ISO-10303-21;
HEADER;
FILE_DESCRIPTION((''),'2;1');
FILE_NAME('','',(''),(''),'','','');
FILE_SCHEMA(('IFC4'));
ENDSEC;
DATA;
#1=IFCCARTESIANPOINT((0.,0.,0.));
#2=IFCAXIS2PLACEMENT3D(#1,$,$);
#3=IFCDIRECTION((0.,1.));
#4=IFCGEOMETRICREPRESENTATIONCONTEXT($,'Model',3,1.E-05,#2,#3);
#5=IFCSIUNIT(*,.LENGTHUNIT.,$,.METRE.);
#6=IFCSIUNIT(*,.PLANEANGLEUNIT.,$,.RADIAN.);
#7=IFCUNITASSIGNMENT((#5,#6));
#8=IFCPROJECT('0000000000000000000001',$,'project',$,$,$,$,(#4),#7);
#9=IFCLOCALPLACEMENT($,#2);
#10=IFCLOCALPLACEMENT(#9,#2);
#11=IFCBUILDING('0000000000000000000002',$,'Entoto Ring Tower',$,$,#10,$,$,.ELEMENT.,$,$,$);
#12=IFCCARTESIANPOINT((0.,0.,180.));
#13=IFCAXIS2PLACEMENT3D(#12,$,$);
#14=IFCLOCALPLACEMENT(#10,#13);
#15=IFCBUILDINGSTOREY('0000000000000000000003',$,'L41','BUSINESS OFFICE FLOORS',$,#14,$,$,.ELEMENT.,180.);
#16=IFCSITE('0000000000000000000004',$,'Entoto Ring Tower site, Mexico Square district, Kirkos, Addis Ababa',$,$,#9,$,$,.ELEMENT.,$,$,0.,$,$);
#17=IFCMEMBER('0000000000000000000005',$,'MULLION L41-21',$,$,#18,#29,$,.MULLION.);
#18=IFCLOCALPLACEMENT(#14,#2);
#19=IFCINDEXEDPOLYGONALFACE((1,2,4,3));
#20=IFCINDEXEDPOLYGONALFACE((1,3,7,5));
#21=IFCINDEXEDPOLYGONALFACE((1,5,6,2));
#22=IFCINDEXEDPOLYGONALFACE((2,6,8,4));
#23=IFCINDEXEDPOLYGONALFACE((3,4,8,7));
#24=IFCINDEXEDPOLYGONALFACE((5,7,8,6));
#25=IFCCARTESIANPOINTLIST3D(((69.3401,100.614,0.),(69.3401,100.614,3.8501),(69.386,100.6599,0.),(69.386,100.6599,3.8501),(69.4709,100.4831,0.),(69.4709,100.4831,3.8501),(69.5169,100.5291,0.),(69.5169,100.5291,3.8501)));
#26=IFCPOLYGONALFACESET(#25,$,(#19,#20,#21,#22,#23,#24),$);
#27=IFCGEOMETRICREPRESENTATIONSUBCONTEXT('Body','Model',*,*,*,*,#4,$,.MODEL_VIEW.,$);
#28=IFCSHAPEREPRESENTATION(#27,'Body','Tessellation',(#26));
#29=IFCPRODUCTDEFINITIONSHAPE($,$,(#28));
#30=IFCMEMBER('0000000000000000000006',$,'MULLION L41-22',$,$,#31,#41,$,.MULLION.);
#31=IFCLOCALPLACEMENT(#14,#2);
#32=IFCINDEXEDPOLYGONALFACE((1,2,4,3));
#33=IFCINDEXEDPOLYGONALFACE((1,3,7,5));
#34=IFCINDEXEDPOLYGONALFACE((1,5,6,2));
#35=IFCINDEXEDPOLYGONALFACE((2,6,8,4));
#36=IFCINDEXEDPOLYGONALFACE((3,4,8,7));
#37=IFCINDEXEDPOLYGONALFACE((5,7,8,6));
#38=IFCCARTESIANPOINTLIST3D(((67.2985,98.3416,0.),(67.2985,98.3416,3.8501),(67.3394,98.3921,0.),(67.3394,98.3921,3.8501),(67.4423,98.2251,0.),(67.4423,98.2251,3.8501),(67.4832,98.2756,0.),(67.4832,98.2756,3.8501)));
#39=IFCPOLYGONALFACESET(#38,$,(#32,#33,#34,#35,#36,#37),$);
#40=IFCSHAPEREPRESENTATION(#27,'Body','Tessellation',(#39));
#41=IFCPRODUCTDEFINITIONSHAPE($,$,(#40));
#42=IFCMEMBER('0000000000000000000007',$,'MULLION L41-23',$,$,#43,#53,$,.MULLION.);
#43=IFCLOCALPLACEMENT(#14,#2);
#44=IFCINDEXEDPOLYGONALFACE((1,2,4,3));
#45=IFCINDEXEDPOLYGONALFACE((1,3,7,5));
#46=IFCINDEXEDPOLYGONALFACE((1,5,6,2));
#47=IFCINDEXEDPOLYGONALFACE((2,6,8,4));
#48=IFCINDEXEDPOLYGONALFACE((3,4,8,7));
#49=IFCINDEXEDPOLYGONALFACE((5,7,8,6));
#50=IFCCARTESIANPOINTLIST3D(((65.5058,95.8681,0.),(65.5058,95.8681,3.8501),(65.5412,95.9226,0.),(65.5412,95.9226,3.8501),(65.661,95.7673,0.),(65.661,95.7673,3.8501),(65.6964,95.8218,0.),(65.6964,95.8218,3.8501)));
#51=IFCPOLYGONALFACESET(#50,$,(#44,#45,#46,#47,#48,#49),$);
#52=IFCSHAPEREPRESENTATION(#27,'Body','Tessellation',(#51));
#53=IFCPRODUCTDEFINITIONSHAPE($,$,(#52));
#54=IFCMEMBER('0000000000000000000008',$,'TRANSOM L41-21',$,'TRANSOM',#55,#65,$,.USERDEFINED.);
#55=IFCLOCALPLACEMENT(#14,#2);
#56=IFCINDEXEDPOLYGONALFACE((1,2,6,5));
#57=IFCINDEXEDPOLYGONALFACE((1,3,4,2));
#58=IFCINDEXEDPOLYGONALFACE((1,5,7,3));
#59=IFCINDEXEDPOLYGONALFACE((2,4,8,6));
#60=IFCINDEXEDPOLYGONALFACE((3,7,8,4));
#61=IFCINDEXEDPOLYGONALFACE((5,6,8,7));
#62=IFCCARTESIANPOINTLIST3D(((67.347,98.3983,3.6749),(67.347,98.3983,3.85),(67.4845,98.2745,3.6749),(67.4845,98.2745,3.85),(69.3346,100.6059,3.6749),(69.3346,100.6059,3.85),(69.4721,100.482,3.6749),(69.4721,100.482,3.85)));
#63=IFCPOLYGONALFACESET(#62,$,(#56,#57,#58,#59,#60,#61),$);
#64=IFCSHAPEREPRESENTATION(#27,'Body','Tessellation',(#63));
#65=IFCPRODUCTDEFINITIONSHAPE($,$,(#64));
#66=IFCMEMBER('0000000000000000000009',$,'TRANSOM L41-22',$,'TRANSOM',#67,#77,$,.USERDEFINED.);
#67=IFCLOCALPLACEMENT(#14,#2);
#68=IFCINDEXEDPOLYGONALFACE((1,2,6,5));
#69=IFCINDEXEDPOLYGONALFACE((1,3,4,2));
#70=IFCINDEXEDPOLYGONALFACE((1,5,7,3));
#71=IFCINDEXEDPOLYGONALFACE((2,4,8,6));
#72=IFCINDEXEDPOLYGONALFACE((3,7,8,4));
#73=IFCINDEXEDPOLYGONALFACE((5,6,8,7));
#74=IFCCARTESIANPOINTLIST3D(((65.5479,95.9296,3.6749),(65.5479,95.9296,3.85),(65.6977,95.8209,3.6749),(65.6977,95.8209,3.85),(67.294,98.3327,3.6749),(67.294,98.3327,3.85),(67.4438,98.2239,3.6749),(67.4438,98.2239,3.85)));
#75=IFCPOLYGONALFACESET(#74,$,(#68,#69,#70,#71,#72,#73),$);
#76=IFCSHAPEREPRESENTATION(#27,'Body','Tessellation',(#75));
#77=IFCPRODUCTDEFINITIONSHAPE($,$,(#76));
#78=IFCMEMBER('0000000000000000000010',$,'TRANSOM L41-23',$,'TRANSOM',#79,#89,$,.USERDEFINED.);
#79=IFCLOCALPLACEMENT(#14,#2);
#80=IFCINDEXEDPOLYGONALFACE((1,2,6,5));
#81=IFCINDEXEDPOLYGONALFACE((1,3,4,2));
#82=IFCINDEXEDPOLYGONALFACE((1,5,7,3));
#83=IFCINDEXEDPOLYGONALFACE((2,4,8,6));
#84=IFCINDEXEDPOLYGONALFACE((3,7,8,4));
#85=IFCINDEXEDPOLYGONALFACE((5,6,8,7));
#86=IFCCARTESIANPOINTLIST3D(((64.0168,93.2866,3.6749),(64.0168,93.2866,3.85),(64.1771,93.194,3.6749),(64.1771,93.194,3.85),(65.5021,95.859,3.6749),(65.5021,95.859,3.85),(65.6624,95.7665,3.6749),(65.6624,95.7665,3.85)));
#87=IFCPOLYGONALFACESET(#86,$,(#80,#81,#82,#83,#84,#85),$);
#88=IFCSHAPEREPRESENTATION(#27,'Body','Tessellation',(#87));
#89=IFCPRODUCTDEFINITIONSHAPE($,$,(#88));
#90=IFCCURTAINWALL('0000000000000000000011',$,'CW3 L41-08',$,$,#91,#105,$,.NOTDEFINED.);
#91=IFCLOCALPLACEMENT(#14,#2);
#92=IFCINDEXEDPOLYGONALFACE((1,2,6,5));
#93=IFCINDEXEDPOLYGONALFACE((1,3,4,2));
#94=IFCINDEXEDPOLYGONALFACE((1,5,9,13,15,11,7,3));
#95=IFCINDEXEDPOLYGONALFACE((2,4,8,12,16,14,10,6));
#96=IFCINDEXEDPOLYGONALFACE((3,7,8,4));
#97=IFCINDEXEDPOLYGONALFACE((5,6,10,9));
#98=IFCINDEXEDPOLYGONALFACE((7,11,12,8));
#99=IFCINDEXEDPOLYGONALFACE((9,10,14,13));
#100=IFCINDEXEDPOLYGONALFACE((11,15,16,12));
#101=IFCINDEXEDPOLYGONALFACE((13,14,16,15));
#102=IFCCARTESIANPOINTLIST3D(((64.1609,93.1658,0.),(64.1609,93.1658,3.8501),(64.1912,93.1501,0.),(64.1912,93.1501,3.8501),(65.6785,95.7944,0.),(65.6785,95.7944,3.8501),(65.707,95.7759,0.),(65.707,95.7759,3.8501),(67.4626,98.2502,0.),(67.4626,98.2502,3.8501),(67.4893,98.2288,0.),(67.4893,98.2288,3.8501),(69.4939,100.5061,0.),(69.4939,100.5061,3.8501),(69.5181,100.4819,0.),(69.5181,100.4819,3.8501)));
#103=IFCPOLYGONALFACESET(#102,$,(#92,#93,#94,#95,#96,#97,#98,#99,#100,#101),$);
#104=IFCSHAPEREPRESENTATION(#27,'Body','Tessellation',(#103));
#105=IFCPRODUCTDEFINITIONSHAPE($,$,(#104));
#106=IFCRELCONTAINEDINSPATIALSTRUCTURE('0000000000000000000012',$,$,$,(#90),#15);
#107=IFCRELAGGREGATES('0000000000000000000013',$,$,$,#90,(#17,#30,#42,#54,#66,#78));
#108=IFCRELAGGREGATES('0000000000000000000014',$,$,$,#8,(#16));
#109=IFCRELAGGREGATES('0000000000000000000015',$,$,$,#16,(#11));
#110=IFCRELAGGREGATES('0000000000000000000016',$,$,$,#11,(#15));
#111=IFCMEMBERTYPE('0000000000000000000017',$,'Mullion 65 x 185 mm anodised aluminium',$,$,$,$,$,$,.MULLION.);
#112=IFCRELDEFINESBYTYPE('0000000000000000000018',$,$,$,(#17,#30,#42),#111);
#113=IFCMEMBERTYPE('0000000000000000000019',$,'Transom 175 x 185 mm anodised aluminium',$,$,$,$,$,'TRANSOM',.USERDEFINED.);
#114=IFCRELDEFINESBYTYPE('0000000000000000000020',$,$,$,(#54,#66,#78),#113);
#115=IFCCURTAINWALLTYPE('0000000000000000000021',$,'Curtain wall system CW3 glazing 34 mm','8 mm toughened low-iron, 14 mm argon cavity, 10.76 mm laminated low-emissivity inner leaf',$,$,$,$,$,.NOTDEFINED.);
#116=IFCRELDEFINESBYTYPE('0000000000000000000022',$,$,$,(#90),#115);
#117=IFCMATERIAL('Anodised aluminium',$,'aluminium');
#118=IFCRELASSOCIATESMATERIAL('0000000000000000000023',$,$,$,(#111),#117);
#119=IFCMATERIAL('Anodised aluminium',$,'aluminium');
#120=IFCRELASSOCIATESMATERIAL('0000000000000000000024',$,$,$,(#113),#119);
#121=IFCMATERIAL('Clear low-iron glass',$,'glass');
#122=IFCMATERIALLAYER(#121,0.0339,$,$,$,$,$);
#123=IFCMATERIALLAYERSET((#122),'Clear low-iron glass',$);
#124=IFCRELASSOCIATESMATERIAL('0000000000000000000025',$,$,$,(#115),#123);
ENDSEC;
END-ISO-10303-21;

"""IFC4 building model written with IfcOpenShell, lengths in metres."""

from ifc_helpers import new_model, si_unit, direction, frame, origin, origin_2d, place, context, subcontext, project, spatial, polyline, rectangle, outline, extrude, material, layer, layer_set, material_profile, profile_set, type_object, element, aggregate, save


model = new_model("IFC4")

# Units and contexts
model_context = context("Model", 3, precision=1e-05, world=origin(), true_north=direction((0.0, 1.0)))
body_context = subcontext(model_context, "Body", "Model", "MODEL_VIEW")
ifc_project = project(units=[si_unit("LENGTHUNIT", "METRE"), si_unit("PLANEANGLEUNIT", "RADIAN")], contexts=[model_context])

# Members
ifc_material_1 = material(Name="Anodised aluminium", Category="aluminium")
ifc_material_profile_1 = material_profile(ifc_material_1, rectangle(XDim=0.0649, YDim=0.1851, at=origin_2d()), Name="Mullion 65 x 185 mm anodised aluminium")
ifc_profile_set_1 = profile_set([ifc_material_profile_1], Name="Anodised aluminium")
member_type_1 = type_object("IfcMemberType", Name="Mullion 65 x 185 mm anodised aluminium", PredefinedType="MULLION", material=ifc_profile_set_1)
site_placement = place(None, origin())
building_placement = place(site_placement, origin())
storey_placement = place(building_placement, frame((0.0, 0.0, 180.0)))
member_1_placement = place(storey_placement, frame((69.4285, 100.5715, 0.0), z_axis=(0.0, 0.0, 1.0), x_axis=(-0.707107, -0.707107, 0.0)))
member_1 = element("IfcMember", 1, at=member_1_placement, type_object=member_type_1, Name="MULLION L41-21", PredefinedType="MULLION", context=body_context, shape_type="SweptSolid", body=[
    extrude(rectangle(XDim=0.0649, YDim=0.1851, at=origin_2d()), origin(), (0.0, 0.0, 1.0), 3.8501),
])
member_2_placement = place(storey_placement, frame((67.3909, 98.3086, 0.0), z_axis=(0.0, 0.0, 1.0), x_axis=(-0.62932, -0.777146, 0.0)))
member_2 = element("IfcMember", 2, at=member_2_placement, type_object=member_type_1, Name="MULLION L41-22", PredefinedType="MULLION", context=body_context, shape_type="SweptSolid", body=[
    extrude(rectangle(XDim=0.0649, YDim=0.1851, at=origin_2d()), origin(), (0.0, 0.0, 1.0), 3.8501),
])
member_3_placement = place(storey_placement, frame((65.6011, 95.845, 0.0), z_axis=(0.0, 0.0, 1.0), x_axis=(-0.544639, -0.838671, 0.0)))
member_3 = element("IfcMember", 3, at=member_3_placement, type_object=member_type_1, Name="MULLION L41-23", PredefinedType="MULLION", context=body_context, shape_type="SweptSolid", body=[
    extrude(rectangle(XDim=0.0649, YDim=0.1851, at=origin_2d()), origin(), (0.0, 0.0, 1.0), 3.8501),
])
ifc_material_2 = material(Name="Anodised aluminium", Category="aluminium")
ifc_material_profile_2 = material_profile(ifc_material_2, rectangle(XDim=0.1851, YDim=0.175, at=origin_2d()), Name="Transom 175 x 185 mm anodised aluminium")
ifc_profile_set_2 = profile_set([ifc_material_profile_2], Name="Anodised aluminium")
member_type_2 = type_object("IfcMemberType", Name="Transom 175 x 185 mm anodised aluminium", ElementType="TRANSOM", PredefinedType="USERDEFINED", material=ifc_profile_set_2)
member_4_placement = place(storey_placement, frame((69.4033, 100.5439, 3.7625), z_axis=(-0.66911, -0.743163, 0.0), x_axis=(0.743163, -0.66911, 0.0)))
member_4 = element("IfcMember", 4, at=member_4_placement, type_object=member_type_2, Name="TRANSOM L41-21", ObjectType="TRANSOM", PredefinedType="USERDEFINED", context=body_context, shape_type="SweptSolid", body=[
    extrude(rectangle(XDim=0.1851, YDim=0.175, at=origin_2d()), origin(), (0.0, 0.0, 1.0), 2.9705),
])
member_5_placement = place(storey_placement, frame((67.3689, 98.2783, 3.7625), z_axis=(-0.58782, -0.808992, 0.0), x_axis=(0.808992, -0.58782, 0.0)))
member_5 = element("IfcMember", 5, at=member_5_placement, type_object=member_type_2, Name="TRANSOM L41-22", ObjectType="TRANSOM", PredefinedType="USERDEFINED", context=body_context, shape_type="SweptSolid", body=[
    extrude(rectangle(XDim=0.1851, YDim=0.175, at=origin_2d()), origin(), (0.0, 0.0, 1.0), 2.9705),
])
member_6_placement = place(storey_placement, frame((65.5823, 95.8127, 3.7625), z_axis=(-0.500028, -0.866009, 0.0), x_axis=(0.866009, -0.500028, 0.0)))
member_6 = element("IfcMember", 6, at=member_6_placement, type_object=member_type_2, Name="TRANSOM L41-23", ObjectType="TRANSOM", PredefinedType="USERDEFINED", context=body_context, shape_type="SweptSolid", body=[
    extrude(rectangle(XDim=0.1851, YDim=0.175, at=origin_2d()), origin(), (0.0, 0.0, 1.0), 2.9705),
])

# Site, building, storey
site = spatial("IfcSite", under=ifc_project, at=site_placement, Name="Entoto Ring Tower site, Mexico Square district, Kirkos, Addis Ababa", CompositionType="ELEMENT", RefElevation=0.0)
building = spatial("IfcBuilding", under=site, at=building_placement, Name="Entoto Ring Tower", CompositionType="ELEMENT")
storey = spatial("IfcBuildingStorey", under=building, at=storey_placement, Name="L41", Description="BUSINESS OFFICE FLOORS", CompositionType="ELEMENT", Elevation=180.0)

# Curtain wall
ifc_material_3 = material(Name="Clear low-iron glass", Category="glass")
ifc_layer = layer(ifc_material_3, 0.0339)
ifc_layer_set = layer_set([ifc_layer], Name="Clear low-iron glass")
curtain_wall_type = type_object("IfcCurtainWallType", Name="Curtain wall system CW3 glazing 34 mm", Description="8 mm toughened low-iron, 14 mm argon cavity, 10.76 mm laminated low-emissivity inner leaf", PredefinedType="NOTDEFINED", material=ifc_layer_set)
curtain_wall_1_placement = place(storey_placement, origin())
curtain_wall_1 = element("IfcCurtainWall", 7, at=curtain_wall_1_placement, inside=storey, type_object=curtain_wall_type, Name="CW3 L41-08", PredefinedType="NOTDEFINED", context=body_context, shape_type="SweptSolid", body=[
    extrude(outline(polyline([(69.4939, 100.5061), (67.4626, 98.2502), (65.6785, 95.7944), (64.1609, 93.1658), (64.1912, 93.1501), (65.707, 95.7759), (67.4893, 98.2288), (69.5181, 100.4819), (69.4939, 100.5061)])), origin(), (0.0, 0.0, 1.0), 3.8501),
])
aggregate(curtain_wall_1, [member_1, member_2, member_3, member_4, member_5, member_6])

save(model, "model.ifc")
